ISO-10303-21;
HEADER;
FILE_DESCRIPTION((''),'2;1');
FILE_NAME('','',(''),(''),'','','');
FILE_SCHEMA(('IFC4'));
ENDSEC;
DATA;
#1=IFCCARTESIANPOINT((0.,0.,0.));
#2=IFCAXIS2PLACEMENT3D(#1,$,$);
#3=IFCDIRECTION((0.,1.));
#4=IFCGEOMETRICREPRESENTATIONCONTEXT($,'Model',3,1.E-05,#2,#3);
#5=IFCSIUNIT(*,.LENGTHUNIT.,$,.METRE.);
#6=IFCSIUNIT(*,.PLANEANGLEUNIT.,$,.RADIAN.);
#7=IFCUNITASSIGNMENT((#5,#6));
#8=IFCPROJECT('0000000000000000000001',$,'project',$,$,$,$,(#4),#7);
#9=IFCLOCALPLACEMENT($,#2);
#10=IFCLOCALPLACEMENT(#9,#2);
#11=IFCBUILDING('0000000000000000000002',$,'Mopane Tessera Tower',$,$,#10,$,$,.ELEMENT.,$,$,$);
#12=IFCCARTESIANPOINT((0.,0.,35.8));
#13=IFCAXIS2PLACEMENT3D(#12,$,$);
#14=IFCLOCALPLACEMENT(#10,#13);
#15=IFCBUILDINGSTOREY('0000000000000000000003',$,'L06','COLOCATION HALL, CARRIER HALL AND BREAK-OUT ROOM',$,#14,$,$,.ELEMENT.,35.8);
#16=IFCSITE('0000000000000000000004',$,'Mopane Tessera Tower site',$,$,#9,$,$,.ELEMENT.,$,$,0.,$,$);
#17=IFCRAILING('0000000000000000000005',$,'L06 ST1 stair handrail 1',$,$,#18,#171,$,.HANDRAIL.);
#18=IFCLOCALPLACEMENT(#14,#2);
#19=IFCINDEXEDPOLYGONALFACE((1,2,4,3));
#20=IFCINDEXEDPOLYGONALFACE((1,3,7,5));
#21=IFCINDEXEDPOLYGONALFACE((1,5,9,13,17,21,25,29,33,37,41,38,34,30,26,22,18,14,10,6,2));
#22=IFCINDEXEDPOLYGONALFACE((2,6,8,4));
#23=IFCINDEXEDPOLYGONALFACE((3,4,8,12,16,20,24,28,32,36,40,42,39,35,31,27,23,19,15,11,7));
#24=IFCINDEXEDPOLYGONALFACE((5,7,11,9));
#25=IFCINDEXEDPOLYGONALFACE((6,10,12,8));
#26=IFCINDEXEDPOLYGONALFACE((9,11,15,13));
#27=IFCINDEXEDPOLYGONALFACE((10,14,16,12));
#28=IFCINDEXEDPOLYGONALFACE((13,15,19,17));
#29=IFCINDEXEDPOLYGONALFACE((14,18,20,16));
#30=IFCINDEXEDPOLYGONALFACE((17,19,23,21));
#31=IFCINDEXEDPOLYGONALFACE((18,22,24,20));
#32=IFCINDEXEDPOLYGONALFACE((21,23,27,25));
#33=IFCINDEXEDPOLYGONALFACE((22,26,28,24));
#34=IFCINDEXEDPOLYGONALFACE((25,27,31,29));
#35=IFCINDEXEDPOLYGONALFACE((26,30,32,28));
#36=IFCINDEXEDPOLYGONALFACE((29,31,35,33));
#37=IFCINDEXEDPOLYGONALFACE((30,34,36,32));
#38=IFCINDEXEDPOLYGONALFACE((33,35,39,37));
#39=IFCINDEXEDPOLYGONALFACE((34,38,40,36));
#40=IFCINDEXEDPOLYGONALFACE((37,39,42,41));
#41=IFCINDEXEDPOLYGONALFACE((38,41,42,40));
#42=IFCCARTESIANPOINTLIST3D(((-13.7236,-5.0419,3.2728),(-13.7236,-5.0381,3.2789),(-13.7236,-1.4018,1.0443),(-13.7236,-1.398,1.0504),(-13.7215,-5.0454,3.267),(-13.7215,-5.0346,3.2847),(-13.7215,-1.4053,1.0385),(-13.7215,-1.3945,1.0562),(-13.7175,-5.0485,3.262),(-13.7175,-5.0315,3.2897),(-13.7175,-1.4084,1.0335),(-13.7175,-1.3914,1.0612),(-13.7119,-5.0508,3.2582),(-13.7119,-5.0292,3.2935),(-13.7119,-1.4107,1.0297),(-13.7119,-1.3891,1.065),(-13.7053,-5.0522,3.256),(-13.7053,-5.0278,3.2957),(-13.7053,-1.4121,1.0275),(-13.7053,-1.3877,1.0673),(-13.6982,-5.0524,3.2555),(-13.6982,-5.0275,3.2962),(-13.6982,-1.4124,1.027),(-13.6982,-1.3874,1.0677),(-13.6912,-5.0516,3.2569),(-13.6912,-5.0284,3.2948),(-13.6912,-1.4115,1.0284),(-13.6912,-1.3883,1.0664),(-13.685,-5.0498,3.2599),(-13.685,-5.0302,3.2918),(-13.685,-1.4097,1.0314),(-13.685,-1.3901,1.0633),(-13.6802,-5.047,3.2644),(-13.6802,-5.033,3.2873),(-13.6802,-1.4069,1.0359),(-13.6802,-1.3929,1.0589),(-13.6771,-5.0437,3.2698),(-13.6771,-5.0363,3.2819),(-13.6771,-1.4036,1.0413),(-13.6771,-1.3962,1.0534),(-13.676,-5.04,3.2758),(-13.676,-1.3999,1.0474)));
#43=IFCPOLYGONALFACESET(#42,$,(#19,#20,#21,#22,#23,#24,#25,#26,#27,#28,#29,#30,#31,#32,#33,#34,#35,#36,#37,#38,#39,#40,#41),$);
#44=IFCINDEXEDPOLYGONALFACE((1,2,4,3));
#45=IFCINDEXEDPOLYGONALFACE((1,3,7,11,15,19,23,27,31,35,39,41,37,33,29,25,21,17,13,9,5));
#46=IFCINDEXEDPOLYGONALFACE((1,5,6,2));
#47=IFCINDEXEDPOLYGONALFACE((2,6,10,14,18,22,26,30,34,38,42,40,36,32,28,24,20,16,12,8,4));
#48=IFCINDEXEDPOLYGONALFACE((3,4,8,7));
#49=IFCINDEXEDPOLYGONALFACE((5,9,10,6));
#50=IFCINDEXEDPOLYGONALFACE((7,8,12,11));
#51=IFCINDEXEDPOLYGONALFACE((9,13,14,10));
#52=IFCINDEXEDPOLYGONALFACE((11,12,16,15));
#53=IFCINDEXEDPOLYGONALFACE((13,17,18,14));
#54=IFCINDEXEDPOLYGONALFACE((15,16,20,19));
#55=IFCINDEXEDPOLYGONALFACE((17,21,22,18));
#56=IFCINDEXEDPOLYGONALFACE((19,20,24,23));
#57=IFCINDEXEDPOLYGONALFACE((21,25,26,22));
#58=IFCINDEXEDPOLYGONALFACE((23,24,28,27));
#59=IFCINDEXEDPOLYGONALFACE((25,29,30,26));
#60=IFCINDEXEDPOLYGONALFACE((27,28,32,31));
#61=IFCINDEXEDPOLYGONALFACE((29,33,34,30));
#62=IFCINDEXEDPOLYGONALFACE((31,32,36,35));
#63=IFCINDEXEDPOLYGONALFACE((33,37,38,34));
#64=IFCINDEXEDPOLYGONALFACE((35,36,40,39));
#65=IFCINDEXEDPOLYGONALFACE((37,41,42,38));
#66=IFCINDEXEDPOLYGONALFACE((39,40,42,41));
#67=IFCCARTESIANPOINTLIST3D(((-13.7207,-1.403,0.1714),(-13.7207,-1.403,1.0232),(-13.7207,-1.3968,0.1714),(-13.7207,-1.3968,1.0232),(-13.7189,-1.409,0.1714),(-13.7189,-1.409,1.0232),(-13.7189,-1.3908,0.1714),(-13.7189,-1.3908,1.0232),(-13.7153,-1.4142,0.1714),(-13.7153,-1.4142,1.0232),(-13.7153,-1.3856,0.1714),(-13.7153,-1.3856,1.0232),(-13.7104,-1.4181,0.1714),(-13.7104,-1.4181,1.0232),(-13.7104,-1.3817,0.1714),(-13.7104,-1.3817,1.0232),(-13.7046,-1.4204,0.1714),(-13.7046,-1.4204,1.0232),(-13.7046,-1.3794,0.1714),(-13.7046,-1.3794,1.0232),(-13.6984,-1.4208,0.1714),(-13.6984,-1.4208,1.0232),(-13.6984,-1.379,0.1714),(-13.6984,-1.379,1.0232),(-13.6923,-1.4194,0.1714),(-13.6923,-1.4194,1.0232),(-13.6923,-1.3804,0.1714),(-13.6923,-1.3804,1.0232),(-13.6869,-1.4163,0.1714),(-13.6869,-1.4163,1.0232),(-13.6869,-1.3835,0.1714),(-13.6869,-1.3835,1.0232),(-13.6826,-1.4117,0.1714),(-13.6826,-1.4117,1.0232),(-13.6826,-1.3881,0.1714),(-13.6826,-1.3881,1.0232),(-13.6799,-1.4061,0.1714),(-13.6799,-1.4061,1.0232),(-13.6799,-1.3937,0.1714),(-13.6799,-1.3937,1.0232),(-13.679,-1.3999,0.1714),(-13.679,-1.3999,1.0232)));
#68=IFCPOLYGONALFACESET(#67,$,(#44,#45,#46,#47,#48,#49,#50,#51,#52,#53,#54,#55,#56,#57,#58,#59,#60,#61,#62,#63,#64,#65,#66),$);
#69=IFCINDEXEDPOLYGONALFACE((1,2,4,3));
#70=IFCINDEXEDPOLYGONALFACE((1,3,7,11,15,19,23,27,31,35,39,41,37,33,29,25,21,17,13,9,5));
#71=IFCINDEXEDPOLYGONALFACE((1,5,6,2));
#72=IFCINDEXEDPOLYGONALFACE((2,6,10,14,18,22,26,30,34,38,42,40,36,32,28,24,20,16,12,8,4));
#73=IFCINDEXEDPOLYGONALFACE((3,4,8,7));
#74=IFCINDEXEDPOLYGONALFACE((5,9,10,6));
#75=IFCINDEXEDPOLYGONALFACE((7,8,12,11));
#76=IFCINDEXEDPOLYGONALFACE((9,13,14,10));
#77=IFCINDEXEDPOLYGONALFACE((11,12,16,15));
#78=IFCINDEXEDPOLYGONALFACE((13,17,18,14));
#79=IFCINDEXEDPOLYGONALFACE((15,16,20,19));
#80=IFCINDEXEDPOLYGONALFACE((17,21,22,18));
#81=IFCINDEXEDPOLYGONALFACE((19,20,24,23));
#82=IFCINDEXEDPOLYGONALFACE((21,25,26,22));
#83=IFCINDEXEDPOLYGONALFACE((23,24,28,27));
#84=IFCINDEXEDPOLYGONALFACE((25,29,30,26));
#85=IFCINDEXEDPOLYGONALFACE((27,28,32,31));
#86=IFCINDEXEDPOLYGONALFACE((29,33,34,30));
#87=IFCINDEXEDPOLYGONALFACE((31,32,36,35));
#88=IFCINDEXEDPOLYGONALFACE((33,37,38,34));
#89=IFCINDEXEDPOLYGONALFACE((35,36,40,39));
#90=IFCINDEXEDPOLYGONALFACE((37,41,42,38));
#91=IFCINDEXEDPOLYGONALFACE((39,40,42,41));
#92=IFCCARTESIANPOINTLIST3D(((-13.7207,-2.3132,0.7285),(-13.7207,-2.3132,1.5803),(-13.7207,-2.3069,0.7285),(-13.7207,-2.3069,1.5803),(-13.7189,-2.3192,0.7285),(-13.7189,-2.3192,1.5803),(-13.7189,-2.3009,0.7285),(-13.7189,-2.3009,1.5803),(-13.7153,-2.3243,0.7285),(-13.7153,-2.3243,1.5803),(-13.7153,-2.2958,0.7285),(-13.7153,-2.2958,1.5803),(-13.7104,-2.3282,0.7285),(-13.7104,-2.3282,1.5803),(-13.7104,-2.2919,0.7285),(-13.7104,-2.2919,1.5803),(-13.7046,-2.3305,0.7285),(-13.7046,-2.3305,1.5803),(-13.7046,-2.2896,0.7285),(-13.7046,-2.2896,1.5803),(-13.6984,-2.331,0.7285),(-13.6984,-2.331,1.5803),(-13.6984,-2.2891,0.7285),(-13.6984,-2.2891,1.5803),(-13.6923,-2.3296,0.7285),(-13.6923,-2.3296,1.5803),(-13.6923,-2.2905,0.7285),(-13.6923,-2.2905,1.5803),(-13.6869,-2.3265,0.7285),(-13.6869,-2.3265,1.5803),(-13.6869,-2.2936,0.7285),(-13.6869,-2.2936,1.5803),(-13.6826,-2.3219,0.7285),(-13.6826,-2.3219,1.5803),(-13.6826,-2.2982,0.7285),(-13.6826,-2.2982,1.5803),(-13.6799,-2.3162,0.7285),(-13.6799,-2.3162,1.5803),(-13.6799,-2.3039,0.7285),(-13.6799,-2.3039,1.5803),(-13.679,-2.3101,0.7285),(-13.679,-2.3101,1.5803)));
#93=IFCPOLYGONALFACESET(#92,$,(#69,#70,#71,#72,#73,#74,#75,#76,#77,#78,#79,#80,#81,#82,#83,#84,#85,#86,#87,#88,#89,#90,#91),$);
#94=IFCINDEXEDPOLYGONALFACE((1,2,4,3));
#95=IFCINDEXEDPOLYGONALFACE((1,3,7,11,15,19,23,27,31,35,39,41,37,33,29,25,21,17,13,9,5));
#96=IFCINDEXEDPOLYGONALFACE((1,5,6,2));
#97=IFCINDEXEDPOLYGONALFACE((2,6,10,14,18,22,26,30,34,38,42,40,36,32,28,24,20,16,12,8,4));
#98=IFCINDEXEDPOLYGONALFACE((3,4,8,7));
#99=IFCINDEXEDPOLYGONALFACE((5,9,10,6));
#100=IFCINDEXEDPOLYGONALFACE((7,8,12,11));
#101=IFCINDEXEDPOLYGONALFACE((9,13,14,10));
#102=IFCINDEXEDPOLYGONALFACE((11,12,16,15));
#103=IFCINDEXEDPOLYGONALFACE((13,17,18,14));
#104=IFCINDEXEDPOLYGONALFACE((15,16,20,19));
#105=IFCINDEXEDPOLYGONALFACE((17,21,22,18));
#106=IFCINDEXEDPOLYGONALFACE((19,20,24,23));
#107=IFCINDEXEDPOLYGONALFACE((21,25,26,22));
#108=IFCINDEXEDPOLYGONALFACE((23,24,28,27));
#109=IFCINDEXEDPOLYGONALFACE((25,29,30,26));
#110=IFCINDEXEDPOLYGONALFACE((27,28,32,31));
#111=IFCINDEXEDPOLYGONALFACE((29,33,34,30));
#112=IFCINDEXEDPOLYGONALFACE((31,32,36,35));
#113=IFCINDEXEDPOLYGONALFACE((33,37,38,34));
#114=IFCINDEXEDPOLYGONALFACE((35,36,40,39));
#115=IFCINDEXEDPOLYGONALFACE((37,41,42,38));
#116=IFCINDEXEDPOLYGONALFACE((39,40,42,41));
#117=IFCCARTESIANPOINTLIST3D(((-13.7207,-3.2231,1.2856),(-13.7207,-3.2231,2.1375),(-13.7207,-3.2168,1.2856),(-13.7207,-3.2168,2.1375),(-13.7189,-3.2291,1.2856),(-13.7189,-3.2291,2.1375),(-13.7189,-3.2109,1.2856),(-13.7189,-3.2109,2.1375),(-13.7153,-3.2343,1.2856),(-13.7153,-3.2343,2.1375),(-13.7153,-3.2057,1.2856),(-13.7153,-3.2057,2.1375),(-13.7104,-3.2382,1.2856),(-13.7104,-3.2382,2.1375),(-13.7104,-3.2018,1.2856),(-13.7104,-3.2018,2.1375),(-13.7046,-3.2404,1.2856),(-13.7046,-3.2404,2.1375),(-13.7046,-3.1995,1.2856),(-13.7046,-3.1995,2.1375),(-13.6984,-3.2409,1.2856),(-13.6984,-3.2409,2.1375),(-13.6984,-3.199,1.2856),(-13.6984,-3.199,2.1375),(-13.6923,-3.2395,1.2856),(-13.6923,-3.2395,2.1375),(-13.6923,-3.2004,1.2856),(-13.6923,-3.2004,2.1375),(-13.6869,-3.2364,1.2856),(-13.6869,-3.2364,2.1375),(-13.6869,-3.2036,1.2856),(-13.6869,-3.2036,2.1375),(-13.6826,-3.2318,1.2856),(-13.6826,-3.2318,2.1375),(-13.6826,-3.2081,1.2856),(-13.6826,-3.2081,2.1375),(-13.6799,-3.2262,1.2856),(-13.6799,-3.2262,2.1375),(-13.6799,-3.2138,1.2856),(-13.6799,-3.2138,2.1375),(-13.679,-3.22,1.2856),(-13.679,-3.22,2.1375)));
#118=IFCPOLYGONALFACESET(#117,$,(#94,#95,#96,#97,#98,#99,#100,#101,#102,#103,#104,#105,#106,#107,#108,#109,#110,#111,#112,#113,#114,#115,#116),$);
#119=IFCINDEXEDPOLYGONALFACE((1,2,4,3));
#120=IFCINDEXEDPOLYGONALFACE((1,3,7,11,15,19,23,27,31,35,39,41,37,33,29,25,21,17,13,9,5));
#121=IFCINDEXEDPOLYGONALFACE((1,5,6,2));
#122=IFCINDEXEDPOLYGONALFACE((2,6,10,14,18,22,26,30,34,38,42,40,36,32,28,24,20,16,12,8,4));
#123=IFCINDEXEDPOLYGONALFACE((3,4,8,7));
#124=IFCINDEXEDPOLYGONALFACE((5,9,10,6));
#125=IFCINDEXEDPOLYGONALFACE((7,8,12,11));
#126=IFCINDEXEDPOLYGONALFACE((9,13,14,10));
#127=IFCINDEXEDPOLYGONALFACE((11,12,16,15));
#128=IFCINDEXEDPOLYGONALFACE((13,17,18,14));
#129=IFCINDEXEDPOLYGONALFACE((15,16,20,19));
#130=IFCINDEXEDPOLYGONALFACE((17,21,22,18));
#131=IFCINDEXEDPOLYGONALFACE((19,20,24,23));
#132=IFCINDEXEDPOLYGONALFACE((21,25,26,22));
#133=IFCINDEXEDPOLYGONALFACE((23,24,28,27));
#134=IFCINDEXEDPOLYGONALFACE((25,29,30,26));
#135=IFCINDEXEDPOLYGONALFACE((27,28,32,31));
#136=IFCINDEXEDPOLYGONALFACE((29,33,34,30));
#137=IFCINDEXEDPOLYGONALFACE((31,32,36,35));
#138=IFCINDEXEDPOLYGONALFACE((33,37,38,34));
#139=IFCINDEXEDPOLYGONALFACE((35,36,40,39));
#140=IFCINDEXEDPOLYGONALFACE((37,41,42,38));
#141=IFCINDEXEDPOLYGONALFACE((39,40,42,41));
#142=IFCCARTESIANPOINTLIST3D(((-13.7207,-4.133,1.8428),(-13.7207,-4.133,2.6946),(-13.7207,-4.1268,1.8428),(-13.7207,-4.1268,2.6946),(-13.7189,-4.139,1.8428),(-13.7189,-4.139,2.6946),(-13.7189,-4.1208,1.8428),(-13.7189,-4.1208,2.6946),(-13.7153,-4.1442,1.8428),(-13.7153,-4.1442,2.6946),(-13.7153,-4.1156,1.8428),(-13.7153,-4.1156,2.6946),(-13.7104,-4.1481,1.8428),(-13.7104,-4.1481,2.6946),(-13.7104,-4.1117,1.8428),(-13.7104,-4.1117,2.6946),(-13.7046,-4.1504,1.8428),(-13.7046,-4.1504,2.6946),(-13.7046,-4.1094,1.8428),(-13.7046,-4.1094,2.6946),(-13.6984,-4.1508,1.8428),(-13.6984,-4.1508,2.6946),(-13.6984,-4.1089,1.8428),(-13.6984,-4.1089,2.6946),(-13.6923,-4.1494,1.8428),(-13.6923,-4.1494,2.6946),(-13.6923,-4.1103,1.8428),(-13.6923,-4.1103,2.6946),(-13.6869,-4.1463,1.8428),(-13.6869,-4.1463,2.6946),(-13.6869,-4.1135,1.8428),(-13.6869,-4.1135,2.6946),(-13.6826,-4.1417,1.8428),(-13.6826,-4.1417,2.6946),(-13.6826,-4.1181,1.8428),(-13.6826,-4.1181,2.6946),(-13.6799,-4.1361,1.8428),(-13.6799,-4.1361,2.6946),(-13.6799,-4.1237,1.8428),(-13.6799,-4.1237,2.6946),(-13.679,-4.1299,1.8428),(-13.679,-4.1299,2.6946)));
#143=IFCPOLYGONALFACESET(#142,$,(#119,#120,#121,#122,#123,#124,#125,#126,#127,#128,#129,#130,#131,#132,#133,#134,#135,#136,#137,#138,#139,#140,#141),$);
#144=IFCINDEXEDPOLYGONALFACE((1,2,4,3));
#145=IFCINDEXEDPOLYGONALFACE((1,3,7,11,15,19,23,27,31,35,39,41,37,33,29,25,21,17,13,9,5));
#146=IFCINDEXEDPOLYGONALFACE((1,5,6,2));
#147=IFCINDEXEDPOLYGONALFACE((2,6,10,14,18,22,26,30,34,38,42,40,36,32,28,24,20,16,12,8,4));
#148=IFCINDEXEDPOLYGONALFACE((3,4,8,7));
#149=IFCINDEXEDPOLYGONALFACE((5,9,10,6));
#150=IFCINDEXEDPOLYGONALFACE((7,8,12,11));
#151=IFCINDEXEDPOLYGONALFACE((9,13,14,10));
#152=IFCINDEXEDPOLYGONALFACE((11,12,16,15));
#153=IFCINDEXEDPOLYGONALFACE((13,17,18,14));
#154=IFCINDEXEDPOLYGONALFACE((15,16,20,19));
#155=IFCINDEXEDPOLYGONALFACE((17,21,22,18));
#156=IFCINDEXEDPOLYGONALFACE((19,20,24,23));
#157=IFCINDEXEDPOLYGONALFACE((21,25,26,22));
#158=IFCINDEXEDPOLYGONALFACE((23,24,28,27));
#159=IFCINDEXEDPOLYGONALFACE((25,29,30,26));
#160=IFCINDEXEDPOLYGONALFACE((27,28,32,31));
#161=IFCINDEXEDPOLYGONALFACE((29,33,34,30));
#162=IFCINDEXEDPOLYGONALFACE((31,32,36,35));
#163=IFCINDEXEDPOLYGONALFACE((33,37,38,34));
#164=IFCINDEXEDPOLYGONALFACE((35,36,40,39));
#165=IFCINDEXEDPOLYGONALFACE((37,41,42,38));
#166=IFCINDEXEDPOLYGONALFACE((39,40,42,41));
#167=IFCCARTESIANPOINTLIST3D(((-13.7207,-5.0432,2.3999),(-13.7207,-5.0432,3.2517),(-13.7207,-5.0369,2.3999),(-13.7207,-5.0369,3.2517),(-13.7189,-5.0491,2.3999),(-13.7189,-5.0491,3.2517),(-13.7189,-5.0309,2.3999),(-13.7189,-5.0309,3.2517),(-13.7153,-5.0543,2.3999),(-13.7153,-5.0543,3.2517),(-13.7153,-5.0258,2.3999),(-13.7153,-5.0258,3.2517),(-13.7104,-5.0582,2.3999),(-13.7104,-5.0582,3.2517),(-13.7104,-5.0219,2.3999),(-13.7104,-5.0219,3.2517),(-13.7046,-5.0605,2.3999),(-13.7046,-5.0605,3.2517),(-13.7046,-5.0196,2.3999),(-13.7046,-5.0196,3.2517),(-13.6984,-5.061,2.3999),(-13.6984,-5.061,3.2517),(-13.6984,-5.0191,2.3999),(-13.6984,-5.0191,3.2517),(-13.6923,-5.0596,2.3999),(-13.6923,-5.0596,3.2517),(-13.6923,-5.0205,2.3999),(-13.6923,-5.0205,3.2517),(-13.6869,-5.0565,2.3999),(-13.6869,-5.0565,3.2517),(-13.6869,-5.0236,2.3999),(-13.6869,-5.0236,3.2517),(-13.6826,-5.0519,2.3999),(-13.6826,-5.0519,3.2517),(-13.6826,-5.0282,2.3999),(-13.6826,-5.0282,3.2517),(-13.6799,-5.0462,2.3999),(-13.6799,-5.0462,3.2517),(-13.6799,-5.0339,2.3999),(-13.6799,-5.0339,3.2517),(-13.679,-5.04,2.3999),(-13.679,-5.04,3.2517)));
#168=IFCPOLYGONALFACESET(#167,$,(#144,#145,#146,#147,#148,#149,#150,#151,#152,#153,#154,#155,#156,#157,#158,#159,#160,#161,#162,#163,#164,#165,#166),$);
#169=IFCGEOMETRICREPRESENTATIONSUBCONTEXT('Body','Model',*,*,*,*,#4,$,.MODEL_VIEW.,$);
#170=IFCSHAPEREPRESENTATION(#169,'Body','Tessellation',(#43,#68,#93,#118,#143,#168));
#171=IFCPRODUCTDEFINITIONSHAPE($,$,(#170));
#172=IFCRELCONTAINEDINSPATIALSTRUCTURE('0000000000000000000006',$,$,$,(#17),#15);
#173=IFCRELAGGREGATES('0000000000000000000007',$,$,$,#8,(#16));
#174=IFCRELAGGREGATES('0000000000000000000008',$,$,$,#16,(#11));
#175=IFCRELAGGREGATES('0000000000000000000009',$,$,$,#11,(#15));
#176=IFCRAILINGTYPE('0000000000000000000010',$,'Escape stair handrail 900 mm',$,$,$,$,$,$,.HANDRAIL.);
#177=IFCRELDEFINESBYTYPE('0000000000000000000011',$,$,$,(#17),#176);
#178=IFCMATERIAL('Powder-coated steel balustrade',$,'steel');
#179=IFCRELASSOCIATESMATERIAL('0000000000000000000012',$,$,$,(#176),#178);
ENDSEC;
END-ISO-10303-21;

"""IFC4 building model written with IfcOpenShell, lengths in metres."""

from ifc_helpers import new_model, si_unit, direction, frame, origin, origin_2d, place, context, subcontext, project, spatial, circle, extrude, material, type_object, element, save


model = new_model("IFC4")

# Units and contexts
model_context = context("Model", 3, precision=1e-05, world=origin(), true_north=direction((0.0, 1.0)))
body_context = subcontext(model_context, "Body", "Model", "MODEL_VIEW")
ifc_project = project(units=[si_unit("LENGTHUNIT", "METRE"), si_unit("PLANEANGLEUNIT", "RADIAN")], contexts=[model_context])

# Site, building, storey
site_placement = place(None, origin())
site = spatial("IfcSite", under=ifc_project, at=site_placement, Name="Mopane Tessera Tower site", CompositionType="ELEMENT", RefElevation=0.0)
building_placement = place(site_placement, origin())
building = spatial("IfcBuilding", under=site, at=building_placement, Name="Mopane Tessera Tower", CompositionType="ELEMENT")
storey_placement = place(building_placement, frame((0.0, 0.0, 35.8)))
storey = spatial("IfcBuildingStorey", under=building, at=storey_placement, Name="L06", Description="COLOCATION HALL, CARRIER HALL AND BREAK-OUT ROOM", CompositionType="ELEMENT", Elevation=35.8)

# Railing
ifc_material_1 = material(Name="Powder-coated steel balustrade", Category="steel")
railing_type_1 = type_object("IfcRailingType", Name="Escape stair handrail 900 mm", PredefinedType="HANDRAIL", material=ifc_material_1)
railing_1_placement = place(storey_placement, frame((-13.7, -1.3999, 0.1714)))
element("IfcRailing", 1, at=railing_1_placement, inside=storey, type_object=railing_type_1, Name="L06 ST1 stair handrail 1", PredefinedType="HANDRAIL", context=body_context, shape_type="SweptSolid", body=[
    extrude(circle(Radius=0.0239, at=origin_2d()), frame((0.0, 0.0, 0.876), z_axis=(0.0, -0.852866, 0.52213), x_axis=(1.0, 0.0, 0.0)), (0.0, 0.0, 1.0), 4.2681),
    extrude(circle(Radius=0.021, at=origin_2d()), origin(), (0.0, 0.0, 1.0), 0.8518),
    extrude(circle(Radius=0.021, at=origin_2d()), frame((0.0, -0.9102, 0.5571)), (0.0, 0.0, 1.0), 0.8518),
    extrude(circle(Radius=0.021, at=origin_2d()), frame((0.0, -1.8201, 1.1143)), (0.0, 0.0, 1.0), 0.8518),
    extrude(circle(Radius=0.021, at=origin_2d()), frame((0.0, -2.73, 1.6714)), (0.0, 0.0, 1.0), 0.8518),
    extrude(circle(Radius=0.021, at=origin_2d()), frame((0.0, -3.6401, 2.2285)), (0.0, 0.0, 1.0), 0.8518),
])

save(model, "model.ifc")
